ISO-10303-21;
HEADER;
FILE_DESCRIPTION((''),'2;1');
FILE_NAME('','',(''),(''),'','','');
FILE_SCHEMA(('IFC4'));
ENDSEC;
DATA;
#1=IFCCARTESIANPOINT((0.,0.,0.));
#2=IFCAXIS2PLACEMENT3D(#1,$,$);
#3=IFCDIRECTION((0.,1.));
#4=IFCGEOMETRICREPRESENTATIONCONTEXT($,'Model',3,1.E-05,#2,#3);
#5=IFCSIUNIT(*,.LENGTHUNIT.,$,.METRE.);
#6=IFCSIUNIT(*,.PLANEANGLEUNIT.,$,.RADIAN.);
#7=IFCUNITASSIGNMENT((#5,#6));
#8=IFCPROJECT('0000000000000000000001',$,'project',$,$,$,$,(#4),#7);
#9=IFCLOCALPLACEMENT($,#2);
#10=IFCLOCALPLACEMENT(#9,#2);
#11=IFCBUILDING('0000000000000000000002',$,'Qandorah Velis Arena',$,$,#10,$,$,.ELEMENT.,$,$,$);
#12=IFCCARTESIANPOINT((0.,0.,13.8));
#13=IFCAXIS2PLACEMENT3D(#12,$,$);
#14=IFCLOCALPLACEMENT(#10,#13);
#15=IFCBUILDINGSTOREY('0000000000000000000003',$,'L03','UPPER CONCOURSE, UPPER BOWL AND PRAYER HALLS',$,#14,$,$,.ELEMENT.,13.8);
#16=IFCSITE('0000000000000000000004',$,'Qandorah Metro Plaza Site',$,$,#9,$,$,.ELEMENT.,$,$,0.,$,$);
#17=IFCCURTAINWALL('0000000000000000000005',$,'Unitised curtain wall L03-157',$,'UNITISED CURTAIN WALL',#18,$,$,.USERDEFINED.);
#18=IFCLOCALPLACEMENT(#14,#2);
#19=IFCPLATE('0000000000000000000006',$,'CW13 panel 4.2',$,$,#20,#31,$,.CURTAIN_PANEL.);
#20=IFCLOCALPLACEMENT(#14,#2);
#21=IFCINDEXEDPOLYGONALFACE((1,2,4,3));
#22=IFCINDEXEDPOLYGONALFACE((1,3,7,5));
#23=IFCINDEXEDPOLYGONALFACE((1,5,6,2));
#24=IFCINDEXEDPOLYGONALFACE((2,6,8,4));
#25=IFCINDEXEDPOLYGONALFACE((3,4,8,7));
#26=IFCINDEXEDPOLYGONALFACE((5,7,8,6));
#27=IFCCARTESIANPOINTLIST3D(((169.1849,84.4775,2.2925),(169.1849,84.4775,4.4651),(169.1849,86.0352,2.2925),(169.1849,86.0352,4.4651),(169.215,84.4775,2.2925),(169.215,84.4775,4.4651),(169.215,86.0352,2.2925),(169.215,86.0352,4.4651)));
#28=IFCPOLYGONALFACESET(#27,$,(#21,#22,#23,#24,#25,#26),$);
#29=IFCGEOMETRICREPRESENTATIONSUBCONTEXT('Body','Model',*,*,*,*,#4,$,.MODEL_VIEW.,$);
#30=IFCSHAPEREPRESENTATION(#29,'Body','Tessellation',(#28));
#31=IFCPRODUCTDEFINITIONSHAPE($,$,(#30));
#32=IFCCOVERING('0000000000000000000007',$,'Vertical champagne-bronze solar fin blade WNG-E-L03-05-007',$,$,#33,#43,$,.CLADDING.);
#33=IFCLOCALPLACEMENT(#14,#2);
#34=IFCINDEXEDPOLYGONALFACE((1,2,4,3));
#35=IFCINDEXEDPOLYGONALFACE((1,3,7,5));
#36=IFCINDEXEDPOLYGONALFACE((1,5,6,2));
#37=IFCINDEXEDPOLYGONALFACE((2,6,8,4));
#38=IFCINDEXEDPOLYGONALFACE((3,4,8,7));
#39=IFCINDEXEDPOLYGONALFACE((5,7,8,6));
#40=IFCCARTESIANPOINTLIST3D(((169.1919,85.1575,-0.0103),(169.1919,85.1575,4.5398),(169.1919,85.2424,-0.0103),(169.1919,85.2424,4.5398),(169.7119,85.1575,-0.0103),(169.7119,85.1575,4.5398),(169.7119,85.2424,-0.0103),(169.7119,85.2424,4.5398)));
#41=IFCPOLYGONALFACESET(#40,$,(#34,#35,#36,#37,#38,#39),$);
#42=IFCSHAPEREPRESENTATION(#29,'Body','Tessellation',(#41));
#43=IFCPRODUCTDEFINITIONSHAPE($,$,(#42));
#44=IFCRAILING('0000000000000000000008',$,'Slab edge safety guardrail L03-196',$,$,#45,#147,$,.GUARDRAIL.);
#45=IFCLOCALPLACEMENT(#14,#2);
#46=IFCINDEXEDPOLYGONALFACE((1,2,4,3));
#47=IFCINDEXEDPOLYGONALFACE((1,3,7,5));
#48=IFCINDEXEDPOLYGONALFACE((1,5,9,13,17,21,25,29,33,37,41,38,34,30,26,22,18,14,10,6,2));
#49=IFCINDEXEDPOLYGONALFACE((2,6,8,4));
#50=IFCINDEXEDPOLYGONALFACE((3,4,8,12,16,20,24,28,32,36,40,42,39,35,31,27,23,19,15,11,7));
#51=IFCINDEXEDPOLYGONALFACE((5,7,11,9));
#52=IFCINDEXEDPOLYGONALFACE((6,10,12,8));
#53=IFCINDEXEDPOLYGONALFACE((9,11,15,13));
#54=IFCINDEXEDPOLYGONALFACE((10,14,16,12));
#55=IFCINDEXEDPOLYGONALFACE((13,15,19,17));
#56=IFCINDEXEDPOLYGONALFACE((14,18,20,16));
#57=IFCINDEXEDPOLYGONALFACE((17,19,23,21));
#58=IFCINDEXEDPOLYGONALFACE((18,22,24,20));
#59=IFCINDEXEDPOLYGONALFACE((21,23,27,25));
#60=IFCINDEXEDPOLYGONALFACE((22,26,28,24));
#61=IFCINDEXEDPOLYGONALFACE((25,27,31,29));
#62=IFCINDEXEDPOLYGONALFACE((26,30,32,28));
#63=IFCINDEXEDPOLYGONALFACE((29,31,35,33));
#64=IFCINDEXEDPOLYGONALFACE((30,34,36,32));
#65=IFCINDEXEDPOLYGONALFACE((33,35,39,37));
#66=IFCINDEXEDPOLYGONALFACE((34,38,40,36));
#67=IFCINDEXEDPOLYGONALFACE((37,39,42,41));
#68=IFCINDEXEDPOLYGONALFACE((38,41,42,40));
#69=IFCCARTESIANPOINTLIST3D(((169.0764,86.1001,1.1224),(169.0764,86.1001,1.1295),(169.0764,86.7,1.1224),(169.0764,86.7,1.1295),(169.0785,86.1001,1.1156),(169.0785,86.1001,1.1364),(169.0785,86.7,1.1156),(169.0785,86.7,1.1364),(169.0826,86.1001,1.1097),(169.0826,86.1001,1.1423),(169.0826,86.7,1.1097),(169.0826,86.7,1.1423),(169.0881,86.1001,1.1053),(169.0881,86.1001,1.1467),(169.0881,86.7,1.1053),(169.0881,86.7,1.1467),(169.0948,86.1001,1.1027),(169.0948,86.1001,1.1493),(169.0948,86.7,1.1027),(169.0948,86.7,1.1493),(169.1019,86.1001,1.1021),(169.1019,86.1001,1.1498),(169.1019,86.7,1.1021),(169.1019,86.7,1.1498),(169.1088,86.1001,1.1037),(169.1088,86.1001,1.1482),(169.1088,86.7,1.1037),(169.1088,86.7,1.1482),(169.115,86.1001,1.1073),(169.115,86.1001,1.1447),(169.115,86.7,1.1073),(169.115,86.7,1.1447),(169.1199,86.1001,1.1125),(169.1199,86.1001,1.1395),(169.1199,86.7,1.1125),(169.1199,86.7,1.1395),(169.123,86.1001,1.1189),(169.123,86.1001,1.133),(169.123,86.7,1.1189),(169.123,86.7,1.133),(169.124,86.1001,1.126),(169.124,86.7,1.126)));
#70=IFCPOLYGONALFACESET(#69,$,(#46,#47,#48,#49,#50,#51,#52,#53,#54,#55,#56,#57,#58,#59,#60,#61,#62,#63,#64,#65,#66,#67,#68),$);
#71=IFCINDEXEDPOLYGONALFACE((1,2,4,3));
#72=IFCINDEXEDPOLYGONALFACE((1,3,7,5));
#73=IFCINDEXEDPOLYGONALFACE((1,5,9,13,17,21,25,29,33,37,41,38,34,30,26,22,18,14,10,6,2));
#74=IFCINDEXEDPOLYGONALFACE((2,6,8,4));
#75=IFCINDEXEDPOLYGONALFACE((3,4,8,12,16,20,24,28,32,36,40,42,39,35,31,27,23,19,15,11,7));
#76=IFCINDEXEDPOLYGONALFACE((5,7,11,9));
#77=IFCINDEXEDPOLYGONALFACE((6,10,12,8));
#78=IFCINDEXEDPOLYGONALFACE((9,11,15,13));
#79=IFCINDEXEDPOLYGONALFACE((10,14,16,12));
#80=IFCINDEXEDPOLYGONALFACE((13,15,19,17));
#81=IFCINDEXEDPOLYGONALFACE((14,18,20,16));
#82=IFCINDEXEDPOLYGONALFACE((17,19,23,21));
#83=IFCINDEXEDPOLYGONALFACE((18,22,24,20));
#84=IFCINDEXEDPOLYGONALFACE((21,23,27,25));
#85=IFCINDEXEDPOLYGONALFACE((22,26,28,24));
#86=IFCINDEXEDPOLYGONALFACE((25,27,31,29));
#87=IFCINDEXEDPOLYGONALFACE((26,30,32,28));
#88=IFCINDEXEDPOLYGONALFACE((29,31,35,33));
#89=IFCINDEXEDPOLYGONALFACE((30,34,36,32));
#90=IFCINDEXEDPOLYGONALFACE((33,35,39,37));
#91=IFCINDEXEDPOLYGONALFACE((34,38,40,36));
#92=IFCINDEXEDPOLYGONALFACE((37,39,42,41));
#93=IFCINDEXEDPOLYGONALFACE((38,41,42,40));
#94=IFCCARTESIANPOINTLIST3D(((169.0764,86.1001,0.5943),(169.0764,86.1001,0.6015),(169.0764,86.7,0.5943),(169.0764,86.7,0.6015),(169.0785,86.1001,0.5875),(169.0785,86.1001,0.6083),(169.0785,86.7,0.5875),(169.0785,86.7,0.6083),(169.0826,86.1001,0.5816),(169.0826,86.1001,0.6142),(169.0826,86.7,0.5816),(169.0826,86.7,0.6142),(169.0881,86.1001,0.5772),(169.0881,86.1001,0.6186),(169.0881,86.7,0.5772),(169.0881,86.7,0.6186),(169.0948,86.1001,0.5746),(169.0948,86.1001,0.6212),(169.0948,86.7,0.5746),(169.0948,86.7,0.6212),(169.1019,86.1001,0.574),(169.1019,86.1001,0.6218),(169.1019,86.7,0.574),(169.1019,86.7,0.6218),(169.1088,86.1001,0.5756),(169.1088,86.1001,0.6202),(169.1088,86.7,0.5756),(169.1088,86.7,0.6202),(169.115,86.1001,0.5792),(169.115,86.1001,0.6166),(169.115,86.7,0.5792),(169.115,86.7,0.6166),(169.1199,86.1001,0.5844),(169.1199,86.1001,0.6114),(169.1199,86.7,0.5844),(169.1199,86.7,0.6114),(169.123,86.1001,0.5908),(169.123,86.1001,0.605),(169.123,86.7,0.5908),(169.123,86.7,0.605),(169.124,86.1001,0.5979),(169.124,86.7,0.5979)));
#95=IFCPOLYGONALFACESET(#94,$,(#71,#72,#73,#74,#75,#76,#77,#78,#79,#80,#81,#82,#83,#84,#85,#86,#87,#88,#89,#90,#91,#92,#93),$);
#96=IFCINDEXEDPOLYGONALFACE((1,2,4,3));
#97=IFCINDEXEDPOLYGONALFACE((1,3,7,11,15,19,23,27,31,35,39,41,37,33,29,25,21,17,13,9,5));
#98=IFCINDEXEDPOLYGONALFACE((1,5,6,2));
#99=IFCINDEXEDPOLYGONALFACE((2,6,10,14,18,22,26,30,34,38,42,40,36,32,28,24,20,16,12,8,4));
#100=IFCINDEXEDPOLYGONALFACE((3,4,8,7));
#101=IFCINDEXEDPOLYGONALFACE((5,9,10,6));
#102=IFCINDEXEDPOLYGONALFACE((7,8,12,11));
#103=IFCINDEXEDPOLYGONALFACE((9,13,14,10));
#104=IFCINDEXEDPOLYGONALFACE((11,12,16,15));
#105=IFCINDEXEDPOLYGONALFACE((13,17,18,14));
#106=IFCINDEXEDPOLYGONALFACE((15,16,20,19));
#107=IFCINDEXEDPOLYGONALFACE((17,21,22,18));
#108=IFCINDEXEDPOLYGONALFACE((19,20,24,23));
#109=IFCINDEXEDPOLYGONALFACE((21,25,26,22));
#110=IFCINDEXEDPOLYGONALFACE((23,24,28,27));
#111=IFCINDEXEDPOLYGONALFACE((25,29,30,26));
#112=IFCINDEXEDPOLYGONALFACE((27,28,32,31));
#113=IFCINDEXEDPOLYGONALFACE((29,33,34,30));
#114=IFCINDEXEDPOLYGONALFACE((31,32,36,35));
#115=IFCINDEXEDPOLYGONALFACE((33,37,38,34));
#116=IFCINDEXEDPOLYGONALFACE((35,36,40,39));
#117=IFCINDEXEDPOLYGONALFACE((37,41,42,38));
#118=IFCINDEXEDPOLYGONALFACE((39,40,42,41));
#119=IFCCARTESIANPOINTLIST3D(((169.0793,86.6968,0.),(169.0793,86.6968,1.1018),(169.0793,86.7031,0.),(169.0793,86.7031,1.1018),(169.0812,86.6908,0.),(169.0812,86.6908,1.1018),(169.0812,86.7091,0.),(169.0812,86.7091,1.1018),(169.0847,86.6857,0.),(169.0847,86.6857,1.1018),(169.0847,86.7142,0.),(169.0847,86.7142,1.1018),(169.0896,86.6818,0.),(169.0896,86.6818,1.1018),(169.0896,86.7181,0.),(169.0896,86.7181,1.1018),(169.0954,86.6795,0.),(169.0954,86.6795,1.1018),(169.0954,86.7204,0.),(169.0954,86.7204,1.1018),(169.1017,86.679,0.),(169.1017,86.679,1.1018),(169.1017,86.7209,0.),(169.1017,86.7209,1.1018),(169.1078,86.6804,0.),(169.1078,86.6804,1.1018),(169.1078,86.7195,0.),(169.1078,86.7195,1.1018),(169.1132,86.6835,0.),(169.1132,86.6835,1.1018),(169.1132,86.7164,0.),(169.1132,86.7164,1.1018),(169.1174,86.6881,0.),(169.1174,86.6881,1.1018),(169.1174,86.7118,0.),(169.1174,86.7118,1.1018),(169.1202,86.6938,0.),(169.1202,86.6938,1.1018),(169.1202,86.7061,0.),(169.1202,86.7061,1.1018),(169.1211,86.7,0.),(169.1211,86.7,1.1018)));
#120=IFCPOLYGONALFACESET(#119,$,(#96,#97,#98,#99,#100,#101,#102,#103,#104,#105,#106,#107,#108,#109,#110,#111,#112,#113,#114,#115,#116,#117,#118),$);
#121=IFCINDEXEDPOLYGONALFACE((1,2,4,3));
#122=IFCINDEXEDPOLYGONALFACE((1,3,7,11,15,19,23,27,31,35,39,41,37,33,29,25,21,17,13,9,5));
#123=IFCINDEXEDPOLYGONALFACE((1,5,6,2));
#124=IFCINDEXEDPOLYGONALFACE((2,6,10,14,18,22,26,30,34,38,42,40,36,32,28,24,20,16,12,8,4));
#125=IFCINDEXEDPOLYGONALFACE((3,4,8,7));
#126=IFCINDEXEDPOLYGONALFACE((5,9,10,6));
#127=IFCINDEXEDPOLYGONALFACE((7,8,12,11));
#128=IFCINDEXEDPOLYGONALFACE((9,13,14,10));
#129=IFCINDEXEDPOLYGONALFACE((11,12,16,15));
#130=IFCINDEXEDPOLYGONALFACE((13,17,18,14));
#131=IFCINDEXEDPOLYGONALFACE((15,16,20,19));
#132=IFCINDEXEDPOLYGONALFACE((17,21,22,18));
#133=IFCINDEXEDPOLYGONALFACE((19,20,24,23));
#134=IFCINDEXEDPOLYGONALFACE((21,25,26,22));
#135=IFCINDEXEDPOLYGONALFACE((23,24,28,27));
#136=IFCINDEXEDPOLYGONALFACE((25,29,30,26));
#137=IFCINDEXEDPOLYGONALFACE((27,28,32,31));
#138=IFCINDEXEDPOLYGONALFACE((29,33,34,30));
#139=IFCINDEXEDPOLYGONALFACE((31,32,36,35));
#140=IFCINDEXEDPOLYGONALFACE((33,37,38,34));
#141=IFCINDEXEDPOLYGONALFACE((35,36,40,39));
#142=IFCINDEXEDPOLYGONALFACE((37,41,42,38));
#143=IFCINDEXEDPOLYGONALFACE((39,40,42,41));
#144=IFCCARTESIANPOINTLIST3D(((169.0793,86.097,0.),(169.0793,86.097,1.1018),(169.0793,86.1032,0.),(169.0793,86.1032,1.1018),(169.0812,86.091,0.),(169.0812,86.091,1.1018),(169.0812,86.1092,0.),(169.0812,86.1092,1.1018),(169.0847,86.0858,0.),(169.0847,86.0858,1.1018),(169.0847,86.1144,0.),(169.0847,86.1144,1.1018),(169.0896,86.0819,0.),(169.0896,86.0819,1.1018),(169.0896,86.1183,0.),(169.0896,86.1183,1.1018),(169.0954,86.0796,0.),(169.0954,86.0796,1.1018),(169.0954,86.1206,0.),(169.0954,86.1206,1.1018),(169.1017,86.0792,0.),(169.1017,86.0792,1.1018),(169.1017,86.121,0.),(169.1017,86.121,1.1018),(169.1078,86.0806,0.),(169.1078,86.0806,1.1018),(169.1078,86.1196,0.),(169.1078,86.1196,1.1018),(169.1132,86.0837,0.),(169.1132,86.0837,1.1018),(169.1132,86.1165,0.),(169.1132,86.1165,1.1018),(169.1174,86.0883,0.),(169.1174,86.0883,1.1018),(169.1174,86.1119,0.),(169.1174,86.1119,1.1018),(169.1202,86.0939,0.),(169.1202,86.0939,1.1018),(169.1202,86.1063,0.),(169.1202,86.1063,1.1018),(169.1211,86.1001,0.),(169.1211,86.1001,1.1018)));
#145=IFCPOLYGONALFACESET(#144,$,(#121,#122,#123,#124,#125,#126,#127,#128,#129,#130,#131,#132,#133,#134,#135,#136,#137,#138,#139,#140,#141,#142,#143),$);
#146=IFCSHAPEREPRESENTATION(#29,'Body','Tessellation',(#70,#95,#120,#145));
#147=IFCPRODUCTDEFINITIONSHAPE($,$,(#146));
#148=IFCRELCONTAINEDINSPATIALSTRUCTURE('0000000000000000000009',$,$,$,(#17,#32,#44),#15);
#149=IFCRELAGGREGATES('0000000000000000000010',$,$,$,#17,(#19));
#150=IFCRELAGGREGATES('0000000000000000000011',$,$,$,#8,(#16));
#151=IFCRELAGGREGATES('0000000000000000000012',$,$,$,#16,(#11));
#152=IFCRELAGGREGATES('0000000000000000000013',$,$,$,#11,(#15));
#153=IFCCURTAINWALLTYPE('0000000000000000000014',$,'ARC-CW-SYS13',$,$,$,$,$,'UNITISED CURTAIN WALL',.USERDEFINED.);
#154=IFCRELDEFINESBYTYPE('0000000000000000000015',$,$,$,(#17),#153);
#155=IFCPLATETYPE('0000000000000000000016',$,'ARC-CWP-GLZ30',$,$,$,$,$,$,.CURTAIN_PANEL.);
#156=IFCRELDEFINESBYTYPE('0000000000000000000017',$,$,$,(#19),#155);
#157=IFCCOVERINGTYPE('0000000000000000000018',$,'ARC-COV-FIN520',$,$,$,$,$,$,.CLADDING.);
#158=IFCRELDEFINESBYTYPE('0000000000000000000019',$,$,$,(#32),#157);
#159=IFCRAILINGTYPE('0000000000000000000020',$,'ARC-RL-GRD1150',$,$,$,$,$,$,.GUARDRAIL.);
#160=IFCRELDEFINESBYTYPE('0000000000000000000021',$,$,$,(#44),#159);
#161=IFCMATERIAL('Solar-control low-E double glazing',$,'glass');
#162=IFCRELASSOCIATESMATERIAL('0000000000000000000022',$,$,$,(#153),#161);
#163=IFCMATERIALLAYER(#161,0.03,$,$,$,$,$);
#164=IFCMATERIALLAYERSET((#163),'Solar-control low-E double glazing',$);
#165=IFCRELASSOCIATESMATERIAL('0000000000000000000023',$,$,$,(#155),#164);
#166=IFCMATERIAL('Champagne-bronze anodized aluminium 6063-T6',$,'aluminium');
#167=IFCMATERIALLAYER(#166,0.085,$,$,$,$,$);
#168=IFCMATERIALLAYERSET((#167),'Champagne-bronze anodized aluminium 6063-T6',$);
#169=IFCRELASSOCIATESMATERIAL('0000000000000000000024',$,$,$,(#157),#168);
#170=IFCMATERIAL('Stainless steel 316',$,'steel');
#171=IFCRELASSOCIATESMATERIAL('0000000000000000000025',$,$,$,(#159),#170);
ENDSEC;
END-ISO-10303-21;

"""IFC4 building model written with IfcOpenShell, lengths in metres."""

from ifc_helpers import new_model, si_unit, direction, frame, origin, origin_2d, place, context, subcontext, project, spatial, rectangle, circle, extrude, material, layer, layer_set, type_object, element, aggregate, save


model = new_model("IFC4")

# Units and contexts
model_context = context("Model", 3, precision=1e-05, world=origin(), true_north=direction((0.0, 1.0)))
body_context = subcontext(model_context, "Body", "Model", "MODEL_VIEW")
ifc_project = project(units=[si_unit("LENGTHUNIT", "METRE"), si_unit("PLANEANGLEUNIT", "RADIAN")], contexts=[model_context])

# Site, building, storey
site_placement = place(None, origin())
site = spatial("IfcSite", under=ifc_project, at=site_placement, Name="Qandorah Metro Plaza Site", CompositionType="ELEMENT", RefElevation=0.0)
building_placement = place(site_placement, origin())
building = spatial("IfcBuilding", under=site, at=building_placement, Name="Qandorah Velis Arena", CompositionType="ELEMENT")
storey_placement = place(building_placement, frame((0.0, 0.0, 13.8)))
storey = spatial("IfcBuildingStorey", under=building, at=storey_placement, Name="L03", Description="UPPER CONCOURSE, UPPER BOWL AND PRAYER HALLS", CompositionType="ELEMENT", Elevation=13.8)

# Shared definitions
ifc_material_1 = material(Name="Solar-control low-E double glazing", Category="glass")
ifc_material_2 = material(Name="Champagne-bronze anodized aluminium 6063-T6", Category="aluminium")

# Curtain wall
curtain_wall_type_1 = type_object("IfcCurtainWallType", Name="ARC-CW-SYS13", ElementType="UNITISED CURTAIN WALL", PredefinedType="USERDEFINED", material=ifc_material_1)
curtain_wall_1_placement = place(storey_placement, origin())
curtain_wall_1 = element("IfcCurtainWall", 1, at=curtain_wall_1_placement, inside=storey, type_object=curtain_wall_type_1, Name="Unitised curtain wall L03-157", ObjectType="UNITISED CURTAIN WALL", PredefinedType="USERDEFINED")

# Plate
ifc_layer_1 = layer(ifc_material_1, 0.03)
ifc_layer_set_1 = layer_set([ifc_layer_1], Name="Solar-control low-E double glazing")
plate_type_1 = type_object("IfcPlateType", Name="ARC-CWP-GLZ30", PredefinedType="CURTAIN_PANEL", material=ifc_layer_set_1)
plate_1_placement = place(storey_placement, frame((169.2, 85.2563, 2.2925), z_axis=(0.0, 0.0, 1.0), x_axis=(0.0, 1.0, 0.0)))
plate_1 = element("IfcPlate", 2, at=plate_1_placement, type_object=plate_type_1, Name="CW13 panel 4.2", PredefinedType="CURTAIN_PANEL", context=body_context, shape_type="SweptSolid", body=[
    extrude(rectangle(XDim=1.5576, YDim=0.03, at=origin_2d()), origin(), (0.0, 0.0, 1.0), 2.1726),
])
aggregate(curtain_wall_1, [plate_1])

# Covering
ifc_layer_2 = layer(ifc_material_2, 0.085)
ifc_layer_set_2 = layer_set([ifc_layer_2], Name="Champagne-bronze anodized aluminium 6063-T6")
covering_type = type_object("IfcCoveringType", Name="ARC-COV-FIN520", PredefinedType="CLADDING", material=ifc_layer_set_2)
covering_placement = place(storey_placement, frame((169.4519, 85.2, -0.0103), z_axis=(0.0, 0.0, 1.0), x_axis=(1.0, 0.0, 0.0)))
element("IfcCovering", 3, at=covering_placement, inside=storey, type_object=covering_type, Name="Vertical champagne-bronze solar fin blade WNG-E-L03-05-007", PredefinedType="CLADDING", context=body_context, shape_type="SweptSolid", body=[
    extrude(rectangle(XDim=0.52, YDim=0.085, at=origin_2d()), origin(), (0.0, 0.0, 1.0), 4.55),
])

# Railing
ifc_material_3 = material(Name="Stainless steel 316", Category="steel")
railing_type = type_object("IfcRailingType", Name="ARC-RL-GRD1150", PredefinedType="GUARDRAIL", material=ifc_material_3)
railing_placement = place(storey_placement, frame((169.1001, 86.7, 0.0)))
element("IfcRailing", 4, at=railing_placement, inside=storey, type_object=railing_type, Name="Slab edge safety guardrail L03-196", PredefinedType="GUARDRAIL", context=body_context, shape_type="SweptSolid", body=[
    extrude(circle(Radius=0.0239, at=origin_2d()), frame((0.0, 0.0, 1.126), z_axis=(0.0, -1.0, 0.0), x_axis=(1.0, 0.0, 0.0)), (0.0, 0.0, 1.0), 0.5999),
    extrude(circle(Radius=0.0239, at=origin_2d()), frame((0.0, 0.0, 0.5979), z_axis=(0.0, -1.0, 0.0), x_axis=(1.0, 0.0, 0.0)), (0.0, 0.0, 1.0), 0.5999),
    extrude(circle(Radius=0.021, at=origin_2d()), origin(), (0.0, 0.0, 1.0), 1.1018),
    extrude(circle(Radius=0.021, at=origin_2d()), frame((0.0, -0.5999, 0.0)), (0.0, 0.0, 1.0), 1.1018),
])

save(model, "model.ifc")
